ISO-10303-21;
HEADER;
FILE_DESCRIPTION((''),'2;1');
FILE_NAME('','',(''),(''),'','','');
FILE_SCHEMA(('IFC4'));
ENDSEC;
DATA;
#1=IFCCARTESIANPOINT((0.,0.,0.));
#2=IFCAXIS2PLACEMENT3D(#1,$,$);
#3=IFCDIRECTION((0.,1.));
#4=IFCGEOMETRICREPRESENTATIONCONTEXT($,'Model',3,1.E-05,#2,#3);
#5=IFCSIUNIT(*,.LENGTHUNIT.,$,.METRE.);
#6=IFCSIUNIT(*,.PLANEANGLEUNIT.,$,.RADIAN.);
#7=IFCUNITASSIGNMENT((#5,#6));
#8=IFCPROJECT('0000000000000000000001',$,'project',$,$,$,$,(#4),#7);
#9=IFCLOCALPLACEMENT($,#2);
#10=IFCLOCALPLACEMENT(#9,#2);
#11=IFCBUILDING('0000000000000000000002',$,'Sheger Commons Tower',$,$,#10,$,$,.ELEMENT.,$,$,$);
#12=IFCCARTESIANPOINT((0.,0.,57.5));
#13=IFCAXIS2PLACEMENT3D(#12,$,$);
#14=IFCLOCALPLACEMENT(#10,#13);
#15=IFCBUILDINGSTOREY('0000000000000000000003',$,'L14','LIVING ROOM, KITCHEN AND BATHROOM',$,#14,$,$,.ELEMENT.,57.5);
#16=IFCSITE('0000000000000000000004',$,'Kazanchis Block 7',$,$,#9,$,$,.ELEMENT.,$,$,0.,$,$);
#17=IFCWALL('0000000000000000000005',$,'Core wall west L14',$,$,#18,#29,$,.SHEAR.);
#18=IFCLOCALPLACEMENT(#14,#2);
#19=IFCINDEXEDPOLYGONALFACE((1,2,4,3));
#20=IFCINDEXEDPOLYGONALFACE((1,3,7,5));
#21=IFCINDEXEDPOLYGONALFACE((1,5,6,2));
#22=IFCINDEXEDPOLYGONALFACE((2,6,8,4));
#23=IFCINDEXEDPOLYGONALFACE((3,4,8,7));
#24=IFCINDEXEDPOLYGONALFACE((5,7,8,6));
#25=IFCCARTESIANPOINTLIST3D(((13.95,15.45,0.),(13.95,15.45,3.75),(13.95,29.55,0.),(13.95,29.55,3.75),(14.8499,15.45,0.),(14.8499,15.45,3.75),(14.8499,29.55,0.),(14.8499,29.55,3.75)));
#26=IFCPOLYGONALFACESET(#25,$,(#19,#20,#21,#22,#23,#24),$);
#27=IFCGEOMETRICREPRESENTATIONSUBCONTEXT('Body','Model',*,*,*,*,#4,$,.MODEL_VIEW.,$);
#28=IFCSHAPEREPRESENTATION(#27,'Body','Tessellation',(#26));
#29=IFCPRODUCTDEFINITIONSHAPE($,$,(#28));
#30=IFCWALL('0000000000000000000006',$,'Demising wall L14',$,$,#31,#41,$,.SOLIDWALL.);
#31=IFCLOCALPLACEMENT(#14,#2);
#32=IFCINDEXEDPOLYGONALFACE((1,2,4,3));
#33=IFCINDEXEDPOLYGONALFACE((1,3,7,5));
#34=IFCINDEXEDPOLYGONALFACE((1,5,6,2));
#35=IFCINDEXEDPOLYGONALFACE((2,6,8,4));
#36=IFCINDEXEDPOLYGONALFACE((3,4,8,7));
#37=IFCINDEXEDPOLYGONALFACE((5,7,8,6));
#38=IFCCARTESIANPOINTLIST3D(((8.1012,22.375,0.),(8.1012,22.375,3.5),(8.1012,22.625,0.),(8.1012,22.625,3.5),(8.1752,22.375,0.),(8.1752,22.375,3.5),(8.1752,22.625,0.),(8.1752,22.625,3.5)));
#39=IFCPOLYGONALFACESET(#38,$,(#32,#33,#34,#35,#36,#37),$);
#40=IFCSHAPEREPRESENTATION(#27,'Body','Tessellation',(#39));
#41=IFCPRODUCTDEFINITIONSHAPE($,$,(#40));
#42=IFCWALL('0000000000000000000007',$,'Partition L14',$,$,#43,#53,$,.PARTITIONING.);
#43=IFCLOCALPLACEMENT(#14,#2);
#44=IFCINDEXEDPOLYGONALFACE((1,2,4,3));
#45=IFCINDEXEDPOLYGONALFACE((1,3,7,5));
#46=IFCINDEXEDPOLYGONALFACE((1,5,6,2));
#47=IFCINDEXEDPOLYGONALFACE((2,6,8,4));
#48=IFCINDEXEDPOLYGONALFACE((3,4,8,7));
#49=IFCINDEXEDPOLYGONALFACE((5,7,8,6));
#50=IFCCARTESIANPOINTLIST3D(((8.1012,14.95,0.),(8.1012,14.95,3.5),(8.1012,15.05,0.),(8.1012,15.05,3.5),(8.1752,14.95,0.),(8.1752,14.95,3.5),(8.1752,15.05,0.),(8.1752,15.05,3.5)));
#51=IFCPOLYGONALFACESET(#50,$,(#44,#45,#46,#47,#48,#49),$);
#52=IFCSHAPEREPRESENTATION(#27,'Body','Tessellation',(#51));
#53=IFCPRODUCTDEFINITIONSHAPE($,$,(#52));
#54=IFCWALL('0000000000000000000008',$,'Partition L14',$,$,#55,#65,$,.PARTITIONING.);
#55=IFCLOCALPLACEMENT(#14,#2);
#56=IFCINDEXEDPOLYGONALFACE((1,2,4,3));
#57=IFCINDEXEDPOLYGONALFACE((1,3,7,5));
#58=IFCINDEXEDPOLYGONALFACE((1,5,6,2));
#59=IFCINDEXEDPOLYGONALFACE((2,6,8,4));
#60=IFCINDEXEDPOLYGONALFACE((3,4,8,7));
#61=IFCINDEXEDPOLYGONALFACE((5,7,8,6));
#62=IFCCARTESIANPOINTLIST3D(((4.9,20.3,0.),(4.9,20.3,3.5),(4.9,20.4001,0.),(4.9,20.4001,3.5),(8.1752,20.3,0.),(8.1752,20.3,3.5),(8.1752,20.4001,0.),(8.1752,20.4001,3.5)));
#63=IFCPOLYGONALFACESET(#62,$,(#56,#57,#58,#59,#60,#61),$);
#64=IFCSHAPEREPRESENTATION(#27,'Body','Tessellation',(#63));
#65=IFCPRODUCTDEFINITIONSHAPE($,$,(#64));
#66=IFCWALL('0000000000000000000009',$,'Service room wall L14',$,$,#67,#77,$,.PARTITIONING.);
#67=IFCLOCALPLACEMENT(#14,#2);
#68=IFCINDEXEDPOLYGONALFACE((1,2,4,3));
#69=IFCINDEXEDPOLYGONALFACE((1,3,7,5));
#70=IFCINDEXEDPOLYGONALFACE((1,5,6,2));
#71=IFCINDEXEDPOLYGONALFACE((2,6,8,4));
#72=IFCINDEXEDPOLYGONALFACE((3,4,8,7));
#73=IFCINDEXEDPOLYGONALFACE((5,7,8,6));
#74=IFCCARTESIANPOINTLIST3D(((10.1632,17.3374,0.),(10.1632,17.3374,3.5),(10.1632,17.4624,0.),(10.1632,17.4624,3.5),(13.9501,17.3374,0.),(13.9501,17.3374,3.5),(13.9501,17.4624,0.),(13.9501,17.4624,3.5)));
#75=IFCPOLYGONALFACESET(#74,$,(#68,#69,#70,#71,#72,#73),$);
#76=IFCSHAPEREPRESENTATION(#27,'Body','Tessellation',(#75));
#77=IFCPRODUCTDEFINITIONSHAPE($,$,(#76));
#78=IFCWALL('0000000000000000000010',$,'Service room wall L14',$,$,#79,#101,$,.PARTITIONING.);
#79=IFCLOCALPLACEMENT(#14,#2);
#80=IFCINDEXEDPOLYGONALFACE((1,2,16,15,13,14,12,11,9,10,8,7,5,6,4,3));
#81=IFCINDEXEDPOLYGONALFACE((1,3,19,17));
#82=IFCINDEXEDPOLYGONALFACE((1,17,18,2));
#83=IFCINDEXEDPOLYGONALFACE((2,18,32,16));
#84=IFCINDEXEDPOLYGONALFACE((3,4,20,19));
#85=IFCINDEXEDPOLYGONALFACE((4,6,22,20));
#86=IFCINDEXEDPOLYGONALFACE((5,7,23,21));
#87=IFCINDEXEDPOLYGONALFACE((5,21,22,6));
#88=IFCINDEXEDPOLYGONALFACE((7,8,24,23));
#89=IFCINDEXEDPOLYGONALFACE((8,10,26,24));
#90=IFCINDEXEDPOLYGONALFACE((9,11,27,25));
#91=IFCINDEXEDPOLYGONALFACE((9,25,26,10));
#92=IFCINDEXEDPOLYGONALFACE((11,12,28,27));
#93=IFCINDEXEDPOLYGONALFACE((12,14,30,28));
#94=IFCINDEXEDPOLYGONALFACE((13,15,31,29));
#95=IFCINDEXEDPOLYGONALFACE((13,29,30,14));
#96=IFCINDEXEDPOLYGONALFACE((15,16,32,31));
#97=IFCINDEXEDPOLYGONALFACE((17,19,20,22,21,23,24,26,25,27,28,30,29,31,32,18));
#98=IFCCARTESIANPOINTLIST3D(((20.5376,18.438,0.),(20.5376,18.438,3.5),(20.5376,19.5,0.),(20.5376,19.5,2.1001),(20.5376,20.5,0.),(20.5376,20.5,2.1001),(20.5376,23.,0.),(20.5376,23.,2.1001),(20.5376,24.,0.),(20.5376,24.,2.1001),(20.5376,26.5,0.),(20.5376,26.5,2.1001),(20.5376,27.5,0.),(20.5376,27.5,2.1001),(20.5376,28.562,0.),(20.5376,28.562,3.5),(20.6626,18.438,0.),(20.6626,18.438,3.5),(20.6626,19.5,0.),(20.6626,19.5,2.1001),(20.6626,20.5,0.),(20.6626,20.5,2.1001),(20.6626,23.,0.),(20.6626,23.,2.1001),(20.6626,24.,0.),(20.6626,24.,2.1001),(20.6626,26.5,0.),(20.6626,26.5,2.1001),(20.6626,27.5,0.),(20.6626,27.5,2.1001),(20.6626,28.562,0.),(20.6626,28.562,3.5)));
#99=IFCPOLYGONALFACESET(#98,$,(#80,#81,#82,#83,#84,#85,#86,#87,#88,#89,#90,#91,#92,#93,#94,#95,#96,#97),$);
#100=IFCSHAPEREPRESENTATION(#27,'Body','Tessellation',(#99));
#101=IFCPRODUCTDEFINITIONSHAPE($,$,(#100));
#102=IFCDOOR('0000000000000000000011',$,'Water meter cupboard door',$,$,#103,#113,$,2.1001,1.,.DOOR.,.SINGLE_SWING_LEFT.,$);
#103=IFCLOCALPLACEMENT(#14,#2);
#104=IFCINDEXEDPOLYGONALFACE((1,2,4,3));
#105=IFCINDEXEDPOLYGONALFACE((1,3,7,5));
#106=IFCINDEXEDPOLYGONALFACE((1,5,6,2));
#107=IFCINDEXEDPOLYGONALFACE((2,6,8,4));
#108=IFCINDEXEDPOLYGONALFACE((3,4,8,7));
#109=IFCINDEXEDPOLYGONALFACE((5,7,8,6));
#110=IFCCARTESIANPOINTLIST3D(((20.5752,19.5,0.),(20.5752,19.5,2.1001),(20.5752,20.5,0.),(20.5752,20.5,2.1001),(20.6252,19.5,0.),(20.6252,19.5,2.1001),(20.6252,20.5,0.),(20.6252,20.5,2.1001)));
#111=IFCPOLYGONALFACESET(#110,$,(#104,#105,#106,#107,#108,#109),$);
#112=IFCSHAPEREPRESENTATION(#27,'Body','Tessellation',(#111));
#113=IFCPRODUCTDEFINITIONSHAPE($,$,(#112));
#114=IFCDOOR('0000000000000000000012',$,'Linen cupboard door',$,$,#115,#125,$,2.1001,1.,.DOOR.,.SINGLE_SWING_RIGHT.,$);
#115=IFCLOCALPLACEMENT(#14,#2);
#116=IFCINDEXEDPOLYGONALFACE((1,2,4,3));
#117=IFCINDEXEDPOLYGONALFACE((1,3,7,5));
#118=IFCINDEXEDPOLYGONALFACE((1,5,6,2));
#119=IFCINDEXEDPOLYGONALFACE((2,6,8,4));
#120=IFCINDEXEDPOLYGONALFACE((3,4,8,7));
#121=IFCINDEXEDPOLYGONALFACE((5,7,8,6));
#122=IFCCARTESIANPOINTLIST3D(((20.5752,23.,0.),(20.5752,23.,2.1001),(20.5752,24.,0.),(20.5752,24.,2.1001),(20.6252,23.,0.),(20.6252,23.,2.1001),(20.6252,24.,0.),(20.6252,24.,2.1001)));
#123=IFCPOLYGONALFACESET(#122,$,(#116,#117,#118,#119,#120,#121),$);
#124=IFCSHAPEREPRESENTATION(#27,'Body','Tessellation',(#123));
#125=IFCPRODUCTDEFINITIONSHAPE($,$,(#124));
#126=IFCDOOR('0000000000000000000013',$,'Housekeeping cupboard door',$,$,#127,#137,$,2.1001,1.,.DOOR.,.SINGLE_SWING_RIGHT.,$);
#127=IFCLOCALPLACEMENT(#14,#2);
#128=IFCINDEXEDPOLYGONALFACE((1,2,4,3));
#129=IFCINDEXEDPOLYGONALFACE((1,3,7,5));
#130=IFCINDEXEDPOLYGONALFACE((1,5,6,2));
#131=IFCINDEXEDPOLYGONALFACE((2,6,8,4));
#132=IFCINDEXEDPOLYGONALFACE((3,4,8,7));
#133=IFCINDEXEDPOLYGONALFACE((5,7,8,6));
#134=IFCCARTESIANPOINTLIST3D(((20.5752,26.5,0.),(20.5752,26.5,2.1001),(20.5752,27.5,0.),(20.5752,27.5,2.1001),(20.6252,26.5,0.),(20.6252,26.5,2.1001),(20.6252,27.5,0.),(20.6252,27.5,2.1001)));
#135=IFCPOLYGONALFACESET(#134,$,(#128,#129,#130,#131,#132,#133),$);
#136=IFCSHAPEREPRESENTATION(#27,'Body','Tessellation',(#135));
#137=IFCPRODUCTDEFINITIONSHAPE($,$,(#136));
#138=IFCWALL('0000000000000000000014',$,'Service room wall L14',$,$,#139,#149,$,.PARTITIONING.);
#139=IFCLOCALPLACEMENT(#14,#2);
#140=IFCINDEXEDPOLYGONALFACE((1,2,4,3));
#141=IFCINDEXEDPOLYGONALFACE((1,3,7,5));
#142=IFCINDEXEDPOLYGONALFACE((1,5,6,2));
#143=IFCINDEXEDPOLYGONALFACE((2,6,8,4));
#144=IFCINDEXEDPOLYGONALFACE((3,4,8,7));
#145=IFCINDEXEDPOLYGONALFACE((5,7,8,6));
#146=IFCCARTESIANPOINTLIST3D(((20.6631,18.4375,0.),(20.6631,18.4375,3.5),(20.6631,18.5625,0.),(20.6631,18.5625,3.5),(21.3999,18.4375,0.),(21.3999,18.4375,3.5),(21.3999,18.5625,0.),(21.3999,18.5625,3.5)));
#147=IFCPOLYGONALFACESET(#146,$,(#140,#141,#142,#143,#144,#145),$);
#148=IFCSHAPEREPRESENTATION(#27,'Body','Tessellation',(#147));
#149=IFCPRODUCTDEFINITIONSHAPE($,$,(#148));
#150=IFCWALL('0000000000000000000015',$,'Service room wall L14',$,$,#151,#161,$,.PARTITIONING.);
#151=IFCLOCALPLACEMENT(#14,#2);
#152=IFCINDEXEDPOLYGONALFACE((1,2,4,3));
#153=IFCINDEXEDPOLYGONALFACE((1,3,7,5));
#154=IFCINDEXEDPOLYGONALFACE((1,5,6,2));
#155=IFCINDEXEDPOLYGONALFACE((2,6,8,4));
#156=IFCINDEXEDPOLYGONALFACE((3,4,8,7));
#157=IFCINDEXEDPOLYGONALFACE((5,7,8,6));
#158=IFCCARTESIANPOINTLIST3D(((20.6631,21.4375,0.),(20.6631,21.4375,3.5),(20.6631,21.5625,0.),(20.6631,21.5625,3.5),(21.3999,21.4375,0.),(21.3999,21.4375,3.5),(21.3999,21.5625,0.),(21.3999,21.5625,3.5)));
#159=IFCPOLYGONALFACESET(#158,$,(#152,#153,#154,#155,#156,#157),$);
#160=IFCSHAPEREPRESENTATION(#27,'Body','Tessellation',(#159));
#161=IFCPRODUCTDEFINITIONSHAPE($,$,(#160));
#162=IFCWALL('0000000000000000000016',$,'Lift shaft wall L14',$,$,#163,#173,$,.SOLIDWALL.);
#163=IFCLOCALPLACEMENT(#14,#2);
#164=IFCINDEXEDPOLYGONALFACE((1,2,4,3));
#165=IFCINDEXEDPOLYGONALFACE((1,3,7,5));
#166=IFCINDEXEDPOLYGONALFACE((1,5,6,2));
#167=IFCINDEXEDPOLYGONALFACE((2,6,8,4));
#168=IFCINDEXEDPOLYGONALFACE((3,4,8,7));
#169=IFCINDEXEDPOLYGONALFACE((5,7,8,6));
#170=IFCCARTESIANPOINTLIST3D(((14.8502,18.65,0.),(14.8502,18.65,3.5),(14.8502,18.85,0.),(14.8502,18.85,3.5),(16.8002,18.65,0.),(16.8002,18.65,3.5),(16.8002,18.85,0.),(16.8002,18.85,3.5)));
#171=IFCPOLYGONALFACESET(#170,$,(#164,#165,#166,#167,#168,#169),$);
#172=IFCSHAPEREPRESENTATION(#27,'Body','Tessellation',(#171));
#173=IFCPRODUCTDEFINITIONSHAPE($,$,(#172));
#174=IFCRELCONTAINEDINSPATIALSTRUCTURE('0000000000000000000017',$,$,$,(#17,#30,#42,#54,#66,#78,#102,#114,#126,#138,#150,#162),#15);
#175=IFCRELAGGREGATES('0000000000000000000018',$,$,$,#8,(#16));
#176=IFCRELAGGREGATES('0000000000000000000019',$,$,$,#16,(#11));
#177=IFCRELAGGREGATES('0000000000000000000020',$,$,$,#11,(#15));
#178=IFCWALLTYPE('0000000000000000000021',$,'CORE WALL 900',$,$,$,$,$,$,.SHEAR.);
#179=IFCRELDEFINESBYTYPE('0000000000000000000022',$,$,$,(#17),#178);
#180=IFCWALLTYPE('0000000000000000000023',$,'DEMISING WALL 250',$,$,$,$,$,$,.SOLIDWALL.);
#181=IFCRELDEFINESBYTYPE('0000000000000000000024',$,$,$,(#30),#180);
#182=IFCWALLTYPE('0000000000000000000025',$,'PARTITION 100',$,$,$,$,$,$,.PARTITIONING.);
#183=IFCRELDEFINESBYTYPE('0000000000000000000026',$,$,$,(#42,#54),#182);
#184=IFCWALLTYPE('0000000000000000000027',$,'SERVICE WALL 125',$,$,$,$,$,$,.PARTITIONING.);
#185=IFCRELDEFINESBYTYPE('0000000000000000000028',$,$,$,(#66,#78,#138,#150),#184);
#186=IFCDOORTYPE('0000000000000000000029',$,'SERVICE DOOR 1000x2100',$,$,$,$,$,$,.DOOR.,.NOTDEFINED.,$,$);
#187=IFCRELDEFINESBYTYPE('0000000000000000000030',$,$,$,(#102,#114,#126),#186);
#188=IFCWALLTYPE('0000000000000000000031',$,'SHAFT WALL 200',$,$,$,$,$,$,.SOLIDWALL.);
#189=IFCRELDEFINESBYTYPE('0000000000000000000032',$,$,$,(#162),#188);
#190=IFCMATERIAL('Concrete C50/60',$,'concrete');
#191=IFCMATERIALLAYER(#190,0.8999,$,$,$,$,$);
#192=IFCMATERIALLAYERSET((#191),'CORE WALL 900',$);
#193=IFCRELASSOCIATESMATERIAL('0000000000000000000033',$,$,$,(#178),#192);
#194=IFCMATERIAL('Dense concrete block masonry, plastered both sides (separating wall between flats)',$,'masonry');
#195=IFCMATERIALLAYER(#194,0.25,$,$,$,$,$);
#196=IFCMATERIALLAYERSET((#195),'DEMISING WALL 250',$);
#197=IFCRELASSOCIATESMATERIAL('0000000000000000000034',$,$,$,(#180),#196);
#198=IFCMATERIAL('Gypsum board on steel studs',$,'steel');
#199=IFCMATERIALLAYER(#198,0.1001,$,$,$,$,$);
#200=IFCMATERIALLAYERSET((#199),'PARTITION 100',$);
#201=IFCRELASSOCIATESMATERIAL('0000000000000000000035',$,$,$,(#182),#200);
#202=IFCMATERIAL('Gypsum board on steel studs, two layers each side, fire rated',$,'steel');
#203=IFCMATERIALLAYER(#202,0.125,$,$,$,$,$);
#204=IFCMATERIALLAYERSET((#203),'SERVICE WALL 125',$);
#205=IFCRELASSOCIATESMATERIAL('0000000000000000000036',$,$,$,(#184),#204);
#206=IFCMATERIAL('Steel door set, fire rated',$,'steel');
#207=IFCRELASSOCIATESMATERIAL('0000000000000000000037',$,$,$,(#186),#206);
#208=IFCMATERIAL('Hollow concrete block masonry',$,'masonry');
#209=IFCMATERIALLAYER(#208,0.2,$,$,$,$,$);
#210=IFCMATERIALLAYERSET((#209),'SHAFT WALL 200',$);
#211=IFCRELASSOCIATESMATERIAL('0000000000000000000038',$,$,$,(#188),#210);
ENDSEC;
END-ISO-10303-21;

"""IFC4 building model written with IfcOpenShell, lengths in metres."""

from ifc_helpers import new_model, si_unit, direction, frame, frame_2d, origin, place, context, subcontext, project, spatial, rectangle, extrude, material, layer, layer_set, type_object, element, fill, save


model = new_model("IFC4")

# Units and contexts
model_context = context("Model", 3, precision=1e-05, world=origin(), true_north=direction((0.0, 1.0)))
body_context = subcontext(model_context, "Body", "Model", "MODEL_VIEW")
ifc_project = project(units=[si_unit("LENGTHUNIT", "METRE"), si_unit("PLANEANGLEUNIT", "RADIAN")], contexts=[model_context])

# Site, building, storey
site_placement = place(None, origin())
site = spatial("IfcSite", under=ifc_project, at=site_placement, Name="Kazanchis Block 7", CompositionType="ELEMENT", RefElevation=0.0)
building_placement = place(site_placement, origin())
building = spatial("IfcBuilding", under=site, at=building_placement, Name="Sheger Commons Tower", CompositionType="ELEMENT")
storey_placement = place(building_placement, frame((0.0, 0.0, 57.5)))
storey = spatial("IfcBuildingStorey", under=building, at=storey_placement, Name="L14", Description="LIVING ROOM, KITCHEN AND BATHROOM", CompositionType="ELEMENT", Elevation=57.5)

# Shared definitions
ifc_material_1 = material(Name="Concrete C50/60", Category="concrete")
ifc_layer_1 = layer(ifc_material_1, 0.8999)
ifc_layer_set_1 = layer_set([ifc_layer_1], Name="CORE WALL 900")
wall_type_1 = type_object("IfcWallType", Name="CORE WALL 900", PredefinedType="SHEAR", material=ifc_layer_set_1)

# Walls
wall_1_placement = place(storey_placement, frame((14.3999, 15.45, 0.0), z_axis=(0.0, 0.0, 1.0), x_axis=(0.0, 1.0, 0.0)))
element("IfcWall", 1, at=wall_1_placement, inside=storey, type_object=wall_type_1, Name="Core wall west L14", PredefinedType="SHEAR", context=body_context, shape_type="SweptSolid", body=[
    extrude(rectangle(XDim=14.1001, YDim=0.8999, at=frame_2d((7.05, 0.0))), origin(), (0.0, 0.0, 1.0), 3.75),
])
ifc_material_2 = material(Name="Dense concrete block masonry, plastered both sides (separating wall between flats)", Category="masonry")
ifc_layer_2 = layer(ifc_material_2, 0.25)
ifc_layer_set_2 = layer_set([ifc_layer_2], Name="DEMISING WALL 250")
wall_type_2 = type_object("IfcWallType", Name="DEMISING WALL 250", PredefinedType="SOLIDWALL", material=ifc_layer_set_2)
wall_2_placement = place(storey_placement, frame((8.1011, 22.5, 0.0), z_axis=(0.0, 0.0, 1.0), x_axis=(1.0, 0.0, 0.0)))
element("IfcWall", 2, at=wall_2_placement, inside=storey, type_object=wall_type_2, Name="Demising wall L14", PredefinedType="SOLIDWALL", context=body_context, shape_type="SweptSolid", body=[
    extrude(rectangle(XDim=0.074, YDim=0.25, at=frame_2d((0.0371, 0.0))), origin(), (0.0, 0.0, 1.0), 3.5),
])
ifc_material_3 = material(Name="Gypsum board on steel studs", Category="steel")
ifc_layer_3 = layer(ifc_material_3, 0.1001)
ifc_layer_set_3 = layer_set([ifc_layer_3], Name="PARTITION 100")
wall_type_3 = type_object("IfcWallType", Name="PARTITION 100", PredefinedType="PARTITIONING", material=ifc_layer_set_3)
wall_3_placement = place(storey_placement, frame((8.1011, 15.0, 0.0), z_axis=(0.0, 0.0, 1.0), x_axis=(1.0, 0.0, 0.0)))
element("IfcWall", 3, at=wall_3_placement, inside=storey, type_object=wall_type_3, Name="Partition L14", PredefinedType="PARTITIONING", context=body_context, shape_type="SweptSolid", body=[
    extrude(rectangle(XDim=0.074, YDim=0.1001, at=frame_2d((0.0371, 0.0))), origin(), (0.0, 0.0, 1.0), 3.5),
])
wall_4_placement = place(storey_placement, frame((4.8999, 20.3501, 0.0), z_axis=(0.0, 0.0, 1.0), x_axis=(1.0, 0.0, 0.0)))
element("IfcWall", 4, at=wall_4_placement, inside=storey, type_object=wall_type_3, Name="Partition L14", PredefinedType="PARTITIONING", context=body_context, shape_type="SweptSolid", body=[
    extrude(rectangle(XDim=3.2751, YDim=0.1001, at=frame_2d((1.6377, 0.0))), origin(), (0.0, 0.0, 1.0), 3.5),
])
ifc_material_4 = material(Name="Gypsum board on steel studs, two layers each side, fire rated", Category="steel")
ifc_layer_4 = layer(ifc_material_4, 0.125)
ifc_layer_set_4 = layer_set([ifc_layer_4], Name="SERVICE WALL 125")
wall_type_4 = type_object("IfcWallType", Name="SERVICE WALL 125", PredefinedType="PARTITIONING", material=ifc_layer_set_4)
wall_5_placement = place(storey_placement, frame((10.1631, 17.3999, 0.0), z_axis=(0.0, 0.0, 1.0), x_axis=(1.0, 0.0, 0.0)))
element("IfcWall", 5, at=wall_5_placement, inside=storey, type_object=wall_type_4, Name="Service room wall L14", PredefinedType="PARTITIONING", context=body_context, shape_type="SweptSolid", body=[
    extrude(rectangle(XDim=3.7869, YDim=0.125, at=frame_2d((1.8936, 0.0))), origin(), (0.0, 0.0, 1.0), 3.5),
])

# Wall, openings, doors
wall_6_placement = place(storey_placement, frame((20.6001, 18.438, 0.0), z_axis=(0.0, 0.0, 1.0), x_axis=(0.0, 1.0, 0.0)))
wall_6 = element("IfcWall", 6, at=wall_6_placement, inside=storey, type_object=wall_type_4, Name="Service room wall L14", PredefinedType="PARTITIONING", context=body_context, shape_type="SweptSolid", body=[
    extrude(rectangle(XDim=10.124, YDim=0.125, at=frame_2d((5.062, 0.0))), origin(), (0.0, 0.0, 1.0), 3.5),
])
opening_1_placement = place(wall_6_placement, frame((1.062, 0.0, 0.0)))
opening_1 = element("IfcOpeningElement", 7, at=opening_1_placement, cuts=wall_6, PredefinedType="OPENING", context=body_context, shape_type="SweptSolid", body=[
    extrude(rectangle(XDim=1.0, YDim=2.1001, at=frame_2d((0.5, 1.05))), frame((0.0, 0.0725, 0.0), z_axis=(0.0, -1.0, 0.0), x_axis=(1.0, 0.0, 0.0)), (0.0, 0.0, 1.0), 0.145),
])
opening_2_placement = place(wall_6_placement, frame((4.562, 0.0, 0.0)))
opening_2 = element("IfcOpeningElement", 8, at=opening_2_placement, cuts=wall_6, PredefinedType="OPENING", context=body_context, shape_type="SweptSolid", body=[
    extrude(rectangle(XDim=1.0, YDim=2.1001, at=frame_2d((0.5, 1.05))), frame((0.0, 0.0725, 0.0), z_axis=(0.0, -1.0, 0.0), x_axis=(1.0, 0.0, 0.0)), (0.0, 0.0, 1.0), 0.145),
])
opening_3_placement = place(wall_6_placement, frame((8.062, 0.0, 0.0)))
opening_3 = element("IfcOpeningElement", 9, at=opening_3_placement, cuts=wall_6, PredefinedType="OPENING", context=body_context, shape_type="SweptSolid", body=[
    extrude(rectangle(XDim=1.0, YDim=2.1001, at=frame_2d((0.5, 1.05))), frame((0.0, 0.0725, 0.0), z_axis=(0.0, -1.0, 0.0), x_axis=(1.0, 0.0, 0.0)), (0.0, 0.0, 1.0), 0.145),
])
ifc_material_5 = material(Name="Steel door set, fire rated", Category="steel")
door_type_1 = type_object("IfcDoorType", Name="SERVICE DOOR 1000x2100", OperationType="NOTDEFINED", PredefinedType="DOOR", material=ifc_material_5)
door_1_placement = place(opening_1_placement, origin())
door_1 = element("IfcDoor", 10, at=door_1_placement, inside=storey, type_object=door_type_1, Name="Water meter cupboard door", OperationType="SINGLE_SWING_LEFT", OverallHeight=2.1001, OverallWidth=1.0, PredefinedType="DOOR", context=body_context, shape_type="SweptSolid", body=[
    extrude(rectangle(XDim=1.0, YDim=2.1001, at=frame_2d((0.5, 1.05))), frame((0.0, 0.0249, 0.0), z_axis=(0.0, -1.0, 0.0), x_axis=(1.0, 0.0, 0.0)), (0.0, 0.0, 1.0), 0.05),
])
fill(opening_1, door_1)
door_2_placement = place(opening_2_placement, origin())
door_2 = element("IfcDoor", 11, at=door_2_placement, inside=storey, type_object=door_type_1, Name="Linen cupboard door", OperationType="SINGLE_SWING_RIGHT", OverallHeight=2.1001, OverallWidth=1.0, PredefinedType="DOOR", context=body_context, shape_type="SweptSolid", body=[
    extrude(rectangle(XDim=1.0, YDim=2.1001, at=frame_2d((0.5, 1.05))), frame((0.0, 0.0249, 0.0), z_axis=(0.0, -1.0, 0.0), x_axis=(1.0, 0.0, 0.0)), (0.0, 0.0, 1.0), 0.05),
])
fill(opening_2, door_2)
door_3_placement = place(opening_3_placement, origin())
door_3 = element("IfcDoor", 12, at=door_3_placement, inside=storey, type_object=door_type_1, Name="Housekeeping cupboard door", OperationType="SINGLE_SWING_RIGHT", OverallHeight=2.1001, OverallWidth=1.0, PredefinedType="DOOR", context=body_context, shape_type="SweptSolid", body=[
    extrude(rectangle(XDim=1.0, YDim=2.1001, at=frame_2d((0.5, 1.05))), frame((0.0, 0.0249, 0.0), z_axis=(0.0, -1.0, 0.0), x_axis=(1.0, 0.0, 0.0)), (0.0, 0.0, 1.0), 0.05),
])
fill(opening_3, door_3)

# Walls
for number, where, z_axis, x_axis, name in (
    (13, (20.6631, 18.5, 0.0), (0.0, 0.0, 1.0), (1.0, 0.0, 0.0), "Service room wall L14"),
    (14, (20.6631, 21.5, 0.0), (0.0, 0.0, 1.0), (1.0, 0.0, 0.0), "Service room wall L14"),
):
    element("IfcWall", number, at=place(storey_placement, frame(where, z_axis=z_axis, x_axis=x_axis)), inside=storey, type_object=wall_type_4, Name=name, PredefinedType="PARTITIONING", context=body_context, shape_type="SweptSolid", body=[
        extrude(rectangle(XDim=0.7368, YDim=0.125, at=frame_2d((0.3684, 0.0))), origin(), (0.0, 0.0, 1.0), 3.5),
    ])
ifc_material_6 = material(Name="Hollow concrete block masonry", Category="masonry")
ifc_layer_5 = layer(ifc_material_6, 0.2)
ifc_layer_set_5 = layer_set([ifc_layer_5], Name="SHAFT WALL 200")
wall_type_5 = type_object("IfcWallType", Name="SHAFT WALL 200", PredefinedType="SOLIDWALL", material=ifc_layer_set_5)
wall_7_placement = place(storey_placement, frame((14.8501, 18.75, 0.0), z_axis=(0.0, 0.0, 1.0), x_axis=(1.0, 0.0, 0.0)))
element("IfcWall", 15, at=wall_7_placement, inside=storey, type_object=wall_type_5, Name="Lift shaft wall L14", PredefinedType="SOLIDWALL", context=body_context, shape_type="SweptSolid", body=[
    extrude(rectangle(XDim=1.95, YDim=0.2, at=frame_2d((0.9751, 0.0))), origin(), (0.0, 0.0, 1.0), 3.5),
])

save(model, "model.ifc")
